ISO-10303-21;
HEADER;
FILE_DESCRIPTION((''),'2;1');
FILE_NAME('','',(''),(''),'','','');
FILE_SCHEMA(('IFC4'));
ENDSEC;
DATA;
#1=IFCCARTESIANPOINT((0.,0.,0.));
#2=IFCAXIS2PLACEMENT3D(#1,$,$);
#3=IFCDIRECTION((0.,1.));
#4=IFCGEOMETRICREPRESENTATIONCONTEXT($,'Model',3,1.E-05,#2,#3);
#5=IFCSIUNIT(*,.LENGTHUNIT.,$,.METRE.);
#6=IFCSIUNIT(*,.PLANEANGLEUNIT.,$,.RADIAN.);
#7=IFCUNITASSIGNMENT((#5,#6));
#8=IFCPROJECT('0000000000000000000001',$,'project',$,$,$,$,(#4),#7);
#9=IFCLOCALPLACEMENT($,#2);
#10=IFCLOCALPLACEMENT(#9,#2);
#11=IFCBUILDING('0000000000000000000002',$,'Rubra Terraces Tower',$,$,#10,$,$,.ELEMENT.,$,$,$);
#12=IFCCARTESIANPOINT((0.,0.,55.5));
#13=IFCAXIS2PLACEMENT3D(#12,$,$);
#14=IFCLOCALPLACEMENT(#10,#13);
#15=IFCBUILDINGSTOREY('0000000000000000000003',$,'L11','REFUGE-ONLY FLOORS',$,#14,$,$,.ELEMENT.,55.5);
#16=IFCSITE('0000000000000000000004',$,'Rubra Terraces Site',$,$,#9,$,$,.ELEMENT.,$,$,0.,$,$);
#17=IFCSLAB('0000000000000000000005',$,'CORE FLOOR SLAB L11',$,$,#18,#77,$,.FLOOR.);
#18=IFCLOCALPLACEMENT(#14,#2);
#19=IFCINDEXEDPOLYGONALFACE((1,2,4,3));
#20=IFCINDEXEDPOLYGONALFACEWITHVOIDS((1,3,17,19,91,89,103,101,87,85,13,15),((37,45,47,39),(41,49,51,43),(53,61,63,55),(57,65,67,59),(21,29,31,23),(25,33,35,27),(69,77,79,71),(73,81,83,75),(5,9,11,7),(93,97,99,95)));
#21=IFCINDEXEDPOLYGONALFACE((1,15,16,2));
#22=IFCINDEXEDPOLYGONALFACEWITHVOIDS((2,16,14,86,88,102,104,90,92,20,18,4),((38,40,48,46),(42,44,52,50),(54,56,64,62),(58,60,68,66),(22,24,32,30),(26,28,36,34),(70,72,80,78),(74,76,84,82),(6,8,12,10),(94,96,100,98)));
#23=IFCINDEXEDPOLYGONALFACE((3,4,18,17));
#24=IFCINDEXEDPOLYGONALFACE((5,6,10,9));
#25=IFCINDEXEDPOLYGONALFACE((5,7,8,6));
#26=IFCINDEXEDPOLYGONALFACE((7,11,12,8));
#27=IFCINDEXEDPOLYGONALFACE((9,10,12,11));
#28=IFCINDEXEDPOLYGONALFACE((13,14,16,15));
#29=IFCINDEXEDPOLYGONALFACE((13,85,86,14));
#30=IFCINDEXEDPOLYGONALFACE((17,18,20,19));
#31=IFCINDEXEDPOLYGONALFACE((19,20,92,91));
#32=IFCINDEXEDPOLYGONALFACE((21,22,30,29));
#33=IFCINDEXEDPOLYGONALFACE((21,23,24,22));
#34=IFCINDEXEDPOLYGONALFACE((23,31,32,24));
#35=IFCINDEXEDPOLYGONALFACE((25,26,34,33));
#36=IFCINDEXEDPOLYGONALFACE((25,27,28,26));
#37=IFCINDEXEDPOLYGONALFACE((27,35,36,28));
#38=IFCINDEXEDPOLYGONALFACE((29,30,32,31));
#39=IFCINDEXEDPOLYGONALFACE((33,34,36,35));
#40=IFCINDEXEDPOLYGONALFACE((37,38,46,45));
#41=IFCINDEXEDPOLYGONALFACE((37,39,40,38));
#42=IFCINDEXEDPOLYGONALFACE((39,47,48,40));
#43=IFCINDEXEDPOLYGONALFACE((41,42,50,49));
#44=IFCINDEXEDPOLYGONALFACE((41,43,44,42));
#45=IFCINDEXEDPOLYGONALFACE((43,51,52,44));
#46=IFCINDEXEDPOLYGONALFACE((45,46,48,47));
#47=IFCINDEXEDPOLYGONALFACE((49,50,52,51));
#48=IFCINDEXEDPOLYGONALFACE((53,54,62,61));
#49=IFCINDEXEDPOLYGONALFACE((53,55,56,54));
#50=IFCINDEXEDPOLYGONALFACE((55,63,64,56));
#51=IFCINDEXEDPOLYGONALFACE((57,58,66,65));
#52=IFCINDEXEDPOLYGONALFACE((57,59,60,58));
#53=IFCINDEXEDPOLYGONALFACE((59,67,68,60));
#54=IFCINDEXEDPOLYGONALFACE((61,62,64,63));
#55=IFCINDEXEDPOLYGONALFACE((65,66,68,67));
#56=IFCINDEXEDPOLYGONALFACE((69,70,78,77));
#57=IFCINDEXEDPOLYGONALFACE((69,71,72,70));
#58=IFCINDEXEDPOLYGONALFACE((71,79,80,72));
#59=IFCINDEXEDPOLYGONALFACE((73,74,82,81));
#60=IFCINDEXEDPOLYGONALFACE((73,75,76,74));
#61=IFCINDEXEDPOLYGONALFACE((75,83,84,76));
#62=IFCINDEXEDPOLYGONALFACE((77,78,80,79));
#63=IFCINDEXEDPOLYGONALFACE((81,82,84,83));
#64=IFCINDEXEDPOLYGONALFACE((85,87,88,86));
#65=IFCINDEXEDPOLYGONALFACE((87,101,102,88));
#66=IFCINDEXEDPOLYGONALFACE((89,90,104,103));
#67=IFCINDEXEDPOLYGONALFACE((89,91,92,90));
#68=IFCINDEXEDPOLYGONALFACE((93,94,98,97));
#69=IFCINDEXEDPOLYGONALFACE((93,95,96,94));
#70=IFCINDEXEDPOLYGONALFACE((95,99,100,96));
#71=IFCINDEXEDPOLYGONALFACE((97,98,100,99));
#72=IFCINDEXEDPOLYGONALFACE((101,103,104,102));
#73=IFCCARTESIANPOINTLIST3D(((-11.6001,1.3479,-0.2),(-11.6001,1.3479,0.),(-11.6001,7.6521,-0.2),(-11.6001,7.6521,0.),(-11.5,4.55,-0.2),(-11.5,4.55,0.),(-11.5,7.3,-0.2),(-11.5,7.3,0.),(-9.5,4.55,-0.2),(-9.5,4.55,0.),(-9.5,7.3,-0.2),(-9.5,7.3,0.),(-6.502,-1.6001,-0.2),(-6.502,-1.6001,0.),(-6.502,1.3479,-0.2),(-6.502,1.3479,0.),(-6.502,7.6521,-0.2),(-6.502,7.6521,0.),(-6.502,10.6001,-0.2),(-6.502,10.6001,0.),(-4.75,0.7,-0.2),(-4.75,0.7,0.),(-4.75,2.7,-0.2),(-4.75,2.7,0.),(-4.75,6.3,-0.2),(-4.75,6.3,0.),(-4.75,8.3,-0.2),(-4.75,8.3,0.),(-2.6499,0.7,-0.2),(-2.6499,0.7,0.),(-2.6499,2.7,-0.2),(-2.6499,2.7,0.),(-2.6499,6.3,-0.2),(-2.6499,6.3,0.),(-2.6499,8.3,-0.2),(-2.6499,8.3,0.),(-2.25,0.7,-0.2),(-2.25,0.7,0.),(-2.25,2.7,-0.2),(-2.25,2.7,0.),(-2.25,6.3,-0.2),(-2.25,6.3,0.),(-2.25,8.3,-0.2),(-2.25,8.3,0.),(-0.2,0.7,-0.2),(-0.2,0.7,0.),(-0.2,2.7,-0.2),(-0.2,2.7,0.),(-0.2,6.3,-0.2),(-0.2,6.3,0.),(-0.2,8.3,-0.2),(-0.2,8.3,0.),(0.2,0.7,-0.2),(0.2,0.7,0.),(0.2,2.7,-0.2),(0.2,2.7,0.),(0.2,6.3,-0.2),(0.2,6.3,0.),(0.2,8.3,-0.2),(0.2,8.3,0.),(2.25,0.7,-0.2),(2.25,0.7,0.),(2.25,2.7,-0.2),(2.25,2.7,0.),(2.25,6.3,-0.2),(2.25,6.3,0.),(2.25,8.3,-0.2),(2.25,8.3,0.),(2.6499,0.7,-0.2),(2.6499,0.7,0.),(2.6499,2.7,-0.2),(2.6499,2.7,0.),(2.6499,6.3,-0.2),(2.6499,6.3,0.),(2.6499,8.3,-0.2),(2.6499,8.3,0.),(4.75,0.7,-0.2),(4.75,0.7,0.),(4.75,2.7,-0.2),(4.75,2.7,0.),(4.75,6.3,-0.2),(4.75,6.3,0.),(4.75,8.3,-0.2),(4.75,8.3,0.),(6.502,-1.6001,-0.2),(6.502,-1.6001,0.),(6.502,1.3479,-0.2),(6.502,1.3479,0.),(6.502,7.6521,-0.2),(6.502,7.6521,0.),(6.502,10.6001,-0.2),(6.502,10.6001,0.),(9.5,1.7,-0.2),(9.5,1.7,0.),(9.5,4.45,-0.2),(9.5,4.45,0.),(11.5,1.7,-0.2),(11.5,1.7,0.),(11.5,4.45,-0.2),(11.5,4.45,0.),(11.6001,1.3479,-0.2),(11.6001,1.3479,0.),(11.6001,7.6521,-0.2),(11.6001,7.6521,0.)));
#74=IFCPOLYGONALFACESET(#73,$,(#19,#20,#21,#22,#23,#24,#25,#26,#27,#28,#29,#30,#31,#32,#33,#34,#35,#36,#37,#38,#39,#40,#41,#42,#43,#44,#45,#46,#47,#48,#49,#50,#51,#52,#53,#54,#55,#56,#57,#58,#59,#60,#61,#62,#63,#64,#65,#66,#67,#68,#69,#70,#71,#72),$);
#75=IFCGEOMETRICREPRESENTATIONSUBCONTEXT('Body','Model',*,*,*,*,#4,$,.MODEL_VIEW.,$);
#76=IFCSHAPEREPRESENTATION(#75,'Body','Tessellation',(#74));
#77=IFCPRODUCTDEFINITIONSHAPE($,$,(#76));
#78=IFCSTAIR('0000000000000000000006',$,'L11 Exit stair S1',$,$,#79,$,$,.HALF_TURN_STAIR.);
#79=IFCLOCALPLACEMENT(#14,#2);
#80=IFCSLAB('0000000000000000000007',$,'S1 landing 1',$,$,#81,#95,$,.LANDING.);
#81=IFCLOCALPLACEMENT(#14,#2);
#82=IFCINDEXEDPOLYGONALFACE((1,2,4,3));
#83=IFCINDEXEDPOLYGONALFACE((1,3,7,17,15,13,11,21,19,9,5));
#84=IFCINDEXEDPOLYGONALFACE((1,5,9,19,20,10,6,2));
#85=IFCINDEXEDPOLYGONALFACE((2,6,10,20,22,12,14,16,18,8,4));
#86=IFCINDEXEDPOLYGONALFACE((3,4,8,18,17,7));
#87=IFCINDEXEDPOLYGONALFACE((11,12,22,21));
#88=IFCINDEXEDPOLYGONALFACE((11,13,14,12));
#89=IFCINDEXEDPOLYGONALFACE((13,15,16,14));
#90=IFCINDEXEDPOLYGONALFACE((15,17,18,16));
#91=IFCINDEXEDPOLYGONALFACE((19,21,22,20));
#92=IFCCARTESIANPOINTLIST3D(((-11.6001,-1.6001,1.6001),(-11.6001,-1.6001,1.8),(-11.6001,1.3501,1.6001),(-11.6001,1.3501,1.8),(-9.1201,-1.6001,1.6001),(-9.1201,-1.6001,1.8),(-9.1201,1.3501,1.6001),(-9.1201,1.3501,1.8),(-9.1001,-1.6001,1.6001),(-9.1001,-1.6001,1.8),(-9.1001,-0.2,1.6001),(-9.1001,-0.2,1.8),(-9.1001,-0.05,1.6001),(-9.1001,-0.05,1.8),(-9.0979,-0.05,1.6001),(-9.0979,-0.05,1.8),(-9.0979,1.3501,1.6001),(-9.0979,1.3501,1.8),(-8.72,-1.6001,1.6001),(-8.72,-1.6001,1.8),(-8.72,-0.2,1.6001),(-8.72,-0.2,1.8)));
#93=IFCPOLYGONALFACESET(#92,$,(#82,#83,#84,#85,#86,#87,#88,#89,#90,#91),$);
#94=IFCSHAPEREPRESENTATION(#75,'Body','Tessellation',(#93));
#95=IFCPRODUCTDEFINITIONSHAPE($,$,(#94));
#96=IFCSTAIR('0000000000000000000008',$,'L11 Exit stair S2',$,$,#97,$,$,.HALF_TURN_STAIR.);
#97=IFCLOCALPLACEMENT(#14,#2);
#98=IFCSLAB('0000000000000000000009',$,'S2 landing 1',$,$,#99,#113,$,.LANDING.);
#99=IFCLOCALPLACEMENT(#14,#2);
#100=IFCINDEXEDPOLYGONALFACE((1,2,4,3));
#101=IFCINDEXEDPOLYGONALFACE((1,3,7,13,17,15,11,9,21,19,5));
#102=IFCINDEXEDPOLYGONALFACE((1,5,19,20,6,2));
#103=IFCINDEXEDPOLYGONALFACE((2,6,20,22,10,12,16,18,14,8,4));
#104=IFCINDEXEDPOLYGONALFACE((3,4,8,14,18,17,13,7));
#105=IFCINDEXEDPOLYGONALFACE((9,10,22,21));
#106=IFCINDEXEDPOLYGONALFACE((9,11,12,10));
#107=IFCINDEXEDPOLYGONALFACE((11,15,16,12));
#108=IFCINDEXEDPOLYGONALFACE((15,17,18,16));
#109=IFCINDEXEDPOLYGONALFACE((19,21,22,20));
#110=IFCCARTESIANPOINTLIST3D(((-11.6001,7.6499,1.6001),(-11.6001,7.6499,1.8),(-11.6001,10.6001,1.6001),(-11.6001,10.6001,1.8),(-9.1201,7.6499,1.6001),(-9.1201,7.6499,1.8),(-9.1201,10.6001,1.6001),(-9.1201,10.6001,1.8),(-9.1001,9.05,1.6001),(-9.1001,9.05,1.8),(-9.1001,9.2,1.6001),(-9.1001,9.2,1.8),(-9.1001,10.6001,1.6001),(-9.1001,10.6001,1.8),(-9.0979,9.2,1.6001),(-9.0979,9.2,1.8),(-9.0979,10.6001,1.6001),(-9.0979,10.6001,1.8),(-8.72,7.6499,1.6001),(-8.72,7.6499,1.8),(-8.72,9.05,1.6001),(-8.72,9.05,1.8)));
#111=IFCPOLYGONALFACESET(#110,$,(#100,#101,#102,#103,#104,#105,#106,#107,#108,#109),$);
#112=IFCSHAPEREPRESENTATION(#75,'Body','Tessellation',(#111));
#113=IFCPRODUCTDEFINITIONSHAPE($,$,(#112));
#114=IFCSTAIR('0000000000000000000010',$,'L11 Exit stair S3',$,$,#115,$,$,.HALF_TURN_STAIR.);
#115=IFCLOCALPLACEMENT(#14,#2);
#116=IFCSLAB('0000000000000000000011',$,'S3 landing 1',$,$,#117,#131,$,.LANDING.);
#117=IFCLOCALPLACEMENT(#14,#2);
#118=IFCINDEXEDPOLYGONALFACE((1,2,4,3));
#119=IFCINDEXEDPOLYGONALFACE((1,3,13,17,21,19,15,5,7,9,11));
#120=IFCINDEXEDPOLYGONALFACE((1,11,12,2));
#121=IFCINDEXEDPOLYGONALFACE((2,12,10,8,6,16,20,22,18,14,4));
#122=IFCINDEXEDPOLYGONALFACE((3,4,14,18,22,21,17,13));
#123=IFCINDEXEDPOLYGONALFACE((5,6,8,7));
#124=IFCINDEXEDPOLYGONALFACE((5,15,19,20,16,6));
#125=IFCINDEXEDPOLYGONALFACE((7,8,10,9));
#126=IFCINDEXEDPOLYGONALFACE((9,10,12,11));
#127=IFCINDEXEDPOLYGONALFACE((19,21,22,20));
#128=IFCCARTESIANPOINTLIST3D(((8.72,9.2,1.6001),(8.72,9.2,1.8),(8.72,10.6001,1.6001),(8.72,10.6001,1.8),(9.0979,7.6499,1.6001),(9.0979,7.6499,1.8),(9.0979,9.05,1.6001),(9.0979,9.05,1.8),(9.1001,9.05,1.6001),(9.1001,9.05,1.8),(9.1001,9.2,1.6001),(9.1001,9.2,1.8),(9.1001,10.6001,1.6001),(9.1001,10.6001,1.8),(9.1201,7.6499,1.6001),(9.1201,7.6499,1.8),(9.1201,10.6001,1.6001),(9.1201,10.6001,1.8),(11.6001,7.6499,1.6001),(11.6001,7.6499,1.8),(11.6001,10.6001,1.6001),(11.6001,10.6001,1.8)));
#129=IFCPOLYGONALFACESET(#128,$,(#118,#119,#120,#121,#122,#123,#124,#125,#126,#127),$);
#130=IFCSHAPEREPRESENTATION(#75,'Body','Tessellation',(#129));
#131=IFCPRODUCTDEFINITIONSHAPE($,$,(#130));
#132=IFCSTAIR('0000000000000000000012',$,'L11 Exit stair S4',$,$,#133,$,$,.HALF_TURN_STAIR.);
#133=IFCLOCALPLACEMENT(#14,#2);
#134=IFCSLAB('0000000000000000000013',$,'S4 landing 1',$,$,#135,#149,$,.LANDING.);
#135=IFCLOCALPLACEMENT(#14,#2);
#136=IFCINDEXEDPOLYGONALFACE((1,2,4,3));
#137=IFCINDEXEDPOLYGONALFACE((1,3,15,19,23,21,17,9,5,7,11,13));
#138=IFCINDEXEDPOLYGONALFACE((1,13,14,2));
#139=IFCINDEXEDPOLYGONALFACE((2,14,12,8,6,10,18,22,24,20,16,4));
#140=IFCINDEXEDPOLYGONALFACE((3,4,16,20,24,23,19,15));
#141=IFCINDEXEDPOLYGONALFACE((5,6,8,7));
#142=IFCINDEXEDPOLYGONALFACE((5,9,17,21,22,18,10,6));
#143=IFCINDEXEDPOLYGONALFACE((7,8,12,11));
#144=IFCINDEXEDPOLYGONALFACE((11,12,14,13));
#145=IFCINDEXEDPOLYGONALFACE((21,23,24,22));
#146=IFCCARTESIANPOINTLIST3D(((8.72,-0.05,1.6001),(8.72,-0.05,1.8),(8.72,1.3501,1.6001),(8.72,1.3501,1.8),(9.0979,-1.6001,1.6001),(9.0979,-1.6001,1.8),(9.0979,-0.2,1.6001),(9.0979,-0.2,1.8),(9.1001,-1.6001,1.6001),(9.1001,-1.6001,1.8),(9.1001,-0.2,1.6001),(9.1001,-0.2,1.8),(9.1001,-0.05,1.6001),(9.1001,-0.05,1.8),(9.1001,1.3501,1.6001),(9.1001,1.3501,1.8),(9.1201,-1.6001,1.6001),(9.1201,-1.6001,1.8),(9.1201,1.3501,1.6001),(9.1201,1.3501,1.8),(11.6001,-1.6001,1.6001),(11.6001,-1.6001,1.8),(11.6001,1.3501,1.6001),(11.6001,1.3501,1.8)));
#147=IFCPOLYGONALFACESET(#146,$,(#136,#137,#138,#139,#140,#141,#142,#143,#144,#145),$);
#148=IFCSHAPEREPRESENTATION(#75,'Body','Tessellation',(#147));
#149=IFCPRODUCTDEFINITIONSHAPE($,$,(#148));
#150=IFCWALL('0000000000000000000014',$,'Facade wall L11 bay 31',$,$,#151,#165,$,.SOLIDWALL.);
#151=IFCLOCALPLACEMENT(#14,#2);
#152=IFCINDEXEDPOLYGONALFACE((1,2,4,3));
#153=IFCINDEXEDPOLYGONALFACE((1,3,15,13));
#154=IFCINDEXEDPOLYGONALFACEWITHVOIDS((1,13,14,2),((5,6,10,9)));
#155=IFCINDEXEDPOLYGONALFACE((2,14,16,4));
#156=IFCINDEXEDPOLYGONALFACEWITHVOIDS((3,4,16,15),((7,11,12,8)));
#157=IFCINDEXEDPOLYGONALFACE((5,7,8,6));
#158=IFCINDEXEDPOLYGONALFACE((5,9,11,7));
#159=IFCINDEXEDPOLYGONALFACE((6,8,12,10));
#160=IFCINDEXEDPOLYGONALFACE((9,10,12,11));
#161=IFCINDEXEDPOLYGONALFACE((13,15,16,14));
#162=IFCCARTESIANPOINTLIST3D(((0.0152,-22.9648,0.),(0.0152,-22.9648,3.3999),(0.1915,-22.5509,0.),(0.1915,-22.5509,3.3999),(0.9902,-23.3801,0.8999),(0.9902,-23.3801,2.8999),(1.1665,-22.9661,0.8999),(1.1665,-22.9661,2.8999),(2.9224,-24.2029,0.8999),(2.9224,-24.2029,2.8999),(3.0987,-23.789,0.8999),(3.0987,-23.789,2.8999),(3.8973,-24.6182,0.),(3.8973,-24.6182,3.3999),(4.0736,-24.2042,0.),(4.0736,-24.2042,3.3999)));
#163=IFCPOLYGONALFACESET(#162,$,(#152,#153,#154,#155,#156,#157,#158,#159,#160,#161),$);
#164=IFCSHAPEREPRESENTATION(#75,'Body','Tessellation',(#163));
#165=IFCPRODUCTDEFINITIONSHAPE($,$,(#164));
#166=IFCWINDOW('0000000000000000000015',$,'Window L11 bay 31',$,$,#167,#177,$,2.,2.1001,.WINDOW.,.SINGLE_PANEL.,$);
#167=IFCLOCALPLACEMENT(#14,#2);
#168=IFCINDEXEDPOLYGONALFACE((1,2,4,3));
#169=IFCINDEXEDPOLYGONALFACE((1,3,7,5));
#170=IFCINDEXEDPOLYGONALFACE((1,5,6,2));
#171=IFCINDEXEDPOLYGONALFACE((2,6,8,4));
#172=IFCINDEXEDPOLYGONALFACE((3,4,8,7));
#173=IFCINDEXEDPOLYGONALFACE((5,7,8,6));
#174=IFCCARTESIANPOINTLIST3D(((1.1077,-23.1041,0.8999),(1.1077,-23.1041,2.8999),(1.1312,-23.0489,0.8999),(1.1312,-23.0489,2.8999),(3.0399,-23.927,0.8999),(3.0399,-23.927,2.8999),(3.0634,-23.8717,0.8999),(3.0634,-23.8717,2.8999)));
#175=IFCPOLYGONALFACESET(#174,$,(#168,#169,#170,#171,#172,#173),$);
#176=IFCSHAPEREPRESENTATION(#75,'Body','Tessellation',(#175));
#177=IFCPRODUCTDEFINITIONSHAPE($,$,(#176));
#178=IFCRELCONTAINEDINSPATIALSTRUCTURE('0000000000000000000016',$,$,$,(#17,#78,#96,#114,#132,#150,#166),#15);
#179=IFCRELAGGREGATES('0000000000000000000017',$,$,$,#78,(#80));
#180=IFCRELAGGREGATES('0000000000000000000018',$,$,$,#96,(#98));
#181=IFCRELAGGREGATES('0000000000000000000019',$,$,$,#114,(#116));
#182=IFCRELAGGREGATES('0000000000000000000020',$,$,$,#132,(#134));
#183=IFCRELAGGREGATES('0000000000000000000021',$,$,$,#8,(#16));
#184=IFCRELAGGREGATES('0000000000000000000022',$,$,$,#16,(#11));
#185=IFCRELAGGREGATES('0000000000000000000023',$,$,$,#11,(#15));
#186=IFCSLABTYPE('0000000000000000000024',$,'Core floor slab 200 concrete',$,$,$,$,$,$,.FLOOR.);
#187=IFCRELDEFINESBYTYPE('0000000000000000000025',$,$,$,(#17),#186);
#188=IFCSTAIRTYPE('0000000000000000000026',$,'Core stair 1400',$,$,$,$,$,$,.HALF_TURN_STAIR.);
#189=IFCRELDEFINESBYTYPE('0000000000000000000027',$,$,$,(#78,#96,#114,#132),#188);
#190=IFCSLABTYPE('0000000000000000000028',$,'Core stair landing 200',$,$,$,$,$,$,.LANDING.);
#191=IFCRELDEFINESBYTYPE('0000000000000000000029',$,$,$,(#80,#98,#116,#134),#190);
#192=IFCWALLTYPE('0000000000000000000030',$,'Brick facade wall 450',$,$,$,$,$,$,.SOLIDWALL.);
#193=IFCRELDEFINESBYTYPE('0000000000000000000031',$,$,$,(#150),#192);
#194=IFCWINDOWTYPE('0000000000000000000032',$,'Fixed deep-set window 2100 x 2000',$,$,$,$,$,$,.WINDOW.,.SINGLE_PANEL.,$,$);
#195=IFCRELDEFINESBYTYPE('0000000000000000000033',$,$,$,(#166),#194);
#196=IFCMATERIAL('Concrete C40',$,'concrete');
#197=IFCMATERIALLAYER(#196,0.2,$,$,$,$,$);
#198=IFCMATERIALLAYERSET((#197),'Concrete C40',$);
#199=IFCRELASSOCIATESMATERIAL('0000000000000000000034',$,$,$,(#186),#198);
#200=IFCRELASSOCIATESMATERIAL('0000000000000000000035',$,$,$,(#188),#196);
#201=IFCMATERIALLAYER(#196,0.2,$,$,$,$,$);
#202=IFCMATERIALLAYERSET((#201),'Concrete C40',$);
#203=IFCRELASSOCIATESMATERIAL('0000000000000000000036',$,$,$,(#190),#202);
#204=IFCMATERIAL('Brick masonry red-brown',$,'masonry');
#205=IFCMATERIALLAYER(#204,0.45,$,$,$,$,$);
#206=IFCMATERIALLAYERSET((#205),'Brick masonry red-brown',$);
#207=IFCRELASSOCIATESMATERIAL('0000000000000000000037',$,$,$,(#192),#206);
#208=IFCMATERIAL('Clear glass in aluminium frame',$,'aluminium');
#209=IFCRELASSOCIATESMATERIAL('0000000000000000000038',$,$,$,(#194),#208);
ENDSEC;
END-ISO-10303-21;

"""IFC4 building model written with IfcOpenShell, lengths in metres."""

from ifc_helpers import new_model, si_unit, direction, frame, frame_2d, origin, place, context, subcontext, project, spatial, polyline, rectangle, outline, extrude, material, layer, layer_set, type_object, element, fill, aggregate, save


model = new_model("IFC4")

# Units and contexts
model_context = context("Model", 3, precision=1e-05, world=origin(), true_north=direction((0.0, 1.0)))
body_context = subcontext(model_context, "Body", "Model", "MODEL_VIEW")
ifc_project = project(units=[si_unit("LENGTHUNIT", "METRE"), si_unit("PLANEANGLEUNIT", "RADIAN")], contexts=[model_context])

# Site, building, storey
site_placement = place(None, origin())
site = spatial("IfcSite", under=ifc_project, at=site_placement, Name="Rubra Terraces Site", CompositionType="ELEMENT", RefElevation=0.0)
building_placement = place(site_placement, origin())
building = spatial("IfcBuilding", under=site, at=building_placement, Name="Rubra Terraces Tower", CompositionType="ELEMENT")
storey_placement = place(building_placement, frame((0.0, 0.0, 55.5)))
storey = spatial("IfcBuildingStorey", under=building, at=storey_placement, Name="L11", Description="REFUGE-ONLY FLOORS", CompositionType="ELEMENT", Elevation=55.5)

# Slab
ifc_material_1 = material(Name="Concrete C40", Category="concrete")
ifc_layer_1 = layer(ifc_material_1, 0.2)
ifc_layer_set_1 = layer_set([ifc_layer_1], Name="Concrete C40")
slab_type_1 = type_object("IfcSlabType", Name="Core floor slab 200 concrete", PredefinedType="FLOOR", material=ifc_layer_set_1)
slab_1_placement = place(storey_placement, frame((0.0, 0.0, -0.2)))
element("IfcSlab", 1, at=slab_1_placement, inside=storey, type_object=slab_type_1, Name="CORE FLOOR SLAB L11", PredefinedType="FLOOR", context=body_context, shape_type="SweptSolid", body=[
    extrude(outline(polyline([(-11.6001, 1.3479), (-11.6001, 7.6521), (-6.502, 7.6521), (-6.502, 10.6001), (6.502, 10.6001), (6.502, 7.6521), (11.6001, 7.6521), (11.6001, 1.3479), (6.502, 1.3479), (6.502, -1.6001), (-6.502, -1.6001), (-6.502, 1.3479), (-11.6001, 1.3479)]), holes=[polyline([(9.5, 1.7), (11.5, 1.7), (11.5, 4.45), (9.5, 4.45), (9.5, 1.7)]), polyline([(4.75, 0.7), (4.75, 2.7), (2.6499, 2.7), (2.6499, 0.7), (4.75, 0.7)]), polyline([(4.75, 6.3), (4.75, 8.3), (2.6499, 8.3), (2.6499, 6.3), (4.75, 6.3)]), polyline([(2.25, 0.7), (2.25, 2.7), (0.2, 2.7), (0.2, 0.7), (2.25, 0.7)]), polyline([(2.25, 6.3), (2.25, 8.3), (0.2, 8.3), (0.2, 6.3), (2.25, 6.3)]), polyline([(-0.2, 0.7), (-0.2, 2.7), (-2.25, 2.7), (-2.25, 0.7), (-0.2, 0.7)]), polyline([(-0.2, 6.3), (-0.2, 8.3), (-2.25, 8.3), (-2.25, 6.3), (-0.2, 6.3)]), polyline([(-2.6499, 0.7), (-2.6499, 2.7), (-4.75, 2.7), (-4.75, 0.7), (-2.6499, 0.7)]), polyline([(-2.6499, 8.3), (-4.75, 8.3), (-4.75, 6.3), (-2.6499, 6.3), (-2.6499, 8.3)]), polyline([(-9.5, 7.3), (-11.5, 7.3), (-11.5, 4.55), (-9.5, 4.55), (-9.5, 7.3)])]), origin(), (0.0, 0.0, 1.0), 0.2),
])

# Stairs, slabs
stair_type = type_object("IfcStairType", Name="Core stair 1400", PredefinedType="HALF_TURN_STAIR", material=ifc_material_1)
stair_1_placement = place(storey_placement, origin())
stair_1 = element("IfcStair", 2, at=stair_1_placement, inside=storey, type_object=stair_type, Name="L11 Exit stair S1", PredefinedType="HALF_TURN_STAIR")
ifc_layer_2 = layer(ifc_material_1, 0.2)
ifc_layer_set_2 = layer_set([ifc_layer_2], Name="Concrete C40")
slab_type_2 = type_object("IfcSlabType", Name="Core stair landing 200", PredefinedType="LANDING", material=ifc_layer_set_2)
slab_2_placement = place(storey_placement, frame((0.0, 0.0, 1.6001)))
slab_2 = element("IfcSlab", 3, at=slab_2_placement, type_object=slab_type_2, Name="S1 landing 1", PredefinedType="LANDING", context=body_context, shape_type="SweptSolid", body=[
    extrude(outline(polyline([(-8.72, -0.2), (-8.72, -1.6001), (-9.1001, -1.6001), (-9.1201, -1.6001), (-11.6001, -1.6001), (-11.6001, 1.3501), (-9.1201, 1.3501), (-9.0979, 1.3501), (-9.0979, -0.05), (-9.1001, -0.05), (-9.1001, -0.2), (-8.72, -0.2)])), origin(), (0.0, 0.0, 1.0), 0.2),
])
aggregate(stair_1, [slab_2])
stair_2_placement = place(storey_placement, origin())
stair_2 = element("IfcStair", 4, at=stair_2_placement, inside=storey, type_object=stair_type, Name="L11 Exit stair S2", PredefinedType="HALF_TURN_STAIR")
slab_3_placement = place(storey_placement, frame((0.0, 0.0, 1.6001)))
slab_3 = element("IfcSlab", 5, at=slab_3_placement, type_object=slab_type_2, Name="S2 landing 1", PredefinedType="LANDING", context=body_context, shape_type="SweptSolid", body=[
    extrude(outline(polyline([(-8.72, 9.05), (-8.72, 7.6499), (-9.1201, 7.6499), (-11.6001, 7.6499), (-11.6001, 10.6001), (-9.1201, 10.6001), (-9.1001, 10.6001), (-9.0979, 10.6001), (-9.0979, 9.2), (-9.1001, 9.2), (-9.1001, 9.05), (-8.72, 9.05)])), origin(), (0.0, 0.0, 1.0), 0.2),
])
aggregate(stair_2, [slab_3])
stair_3_placement = place(storey_placement, origin())
stair_3 = element("IfcStair", 6, at=stair_3_placement, inside=storey, type_object=stair_type, Name="L11 Exit stair S3", PredefinedType="HALF_TURN_STAIR")
slab_4_placement = place(storey_placement, frame((0.0, 0.0, 1.6001)))
slab_4 = element("IfcSlab", 7, at=slab_4_placement, type_object=slab_type_2, Name="S3 landing 1", PredefinedType="LANDING", context=body_context, shape_type="SweptSolid", body=[
    extrude(outline(polyline([(9.1001, 9.05), (9.1001, 9.2), (8.72, 9.2), (8.72, 10.6001), (9.1001, 10.6001), (9.1201, 10.6001), (11.6001, 10.6001), (11.6001, 7.6499), (9.1201, 7.6499), (9.0979, 7.6499), (9.0979, 9.05), (9.1001, 9.05)])), origin(), (0.0, 0.0, 1.0), 0.2),
])
aggregate(stair_3, [slab_4])
stair_4_placement = place(storey_placement, origin())
stair_4 = element("IfcStair", 8, at=stair_4_placement, inside=storey, type_object=stair_type, Name="L11 Exit stair S4", PredefinedType="HALF_TURN_STAIR")
slab_5_placement = place(storey_placement, frame((0.0, 0.0, 1.6001)))
slab_5 = element("IfcSlab", 9, at=slab_5_placement, type_object=slab_type_2, Name="S4 landing 1", PredefinedType="LANDING", context=body_context, shape_type="SweptSolid", body=[
    extrude(outline(polyline([(9.1001, -0.2), (9.1001, -0.05), (8.72, -0.05), (8.72, 1.3501), (9.1001, 1.3501), (9.1201, 1.3501), (11.6001, 1.3501), (11.6001, -1.6001), (9.1201, -1.6001), (9.1001, -1.6001), (9.0979, -1.6001), (9.0979, -0.2), (9.1001, -0.2)])), origin(), (0.0, 0.0, 1.0), 0.2),
])

# Wall, opening, window
ifc_material_2 = material(Name="Brick masonry red-brown", Category="masonry")
ifc_layer_3 = layer(ifc_material_2, 0.45)
ifc_layer_set_3 = layer_set([ifc_layer_3], Name="Brick masonry red-brown")
wall_type_1 = type_object("IfcWallType", Name="Brick facade wall 450", PredefinedType="SOLIDWALL", material=ifc_layer_set_3)
wall_1_placement = place(storey_placement, frame((0.1033, -22.7578, 0.0), z_axis=(0.0, 0.0, 1.0), x_axis=(0.920037, -0.39183, 0.0)))
wall_1 = element("IfcWall", 10, at=wall_1_placement, inside=storey, type_object=wall_type_1, Name="Facade wall L11 bay 31", PredefinedType="SOLIDWALL", context=body_context, shape_type="SweptSolid", body=[
    extrude(rectangle(XDim=4.2195, YDim=0.45, at=frame_2d((2.1099, 0.0))), origin(), (0.0, 0.0, 1.0), 3.3999),
])
opening_1_placement = place(wall_1_placement, frame((1.0598, 0.0, 0.8999)))
opening_1 = element("IfcOpeningElement", 11, at=opening_1_placement, cuts=wall_1, PredefinedType="OPENING", context=body_context, shape_type="SweptSolid", body=[
    extrude(rectangle(XDim=2.1001, YDim=2.0, at=frame_2d((1.05, 1.0))), frame((0.0, 0.2349, 0.0), z_axis=(0.0, -1.0, 0.0), x_axis=(1.0, 0.0, 0.0)), (0.0, 0.0, 1.0), 0.47),
])
ifc_material_3 = material(Name="Clear glass in aluminium frame", Category="aluminium")
window_type = type_object("IfcWindowType", Name="Fixed deep-set window 2100 x 2000", PartitioningType="SINGLE_PANEL", PredefinedType="WINDOW", material=ifc_material_3)
window_1_placement = place(opening_1_placement, origin())
window_1 = element("IfcWindow", 12, at=window_1_placement, inside=storey, type_object=window_type, Name="Window L11 bay 31", OverallHeight=2.0, OverallWidth=2.1001, PartitioningType="SINGLE_PANEL", PredefinedType="WINDOW", context=body_context, shape_type="SweptSolid", body=[
    extrude(rectangle(XDim=2.1001, YDim=2.0, at=frame_2d((1.05, 1.0))), frame((0.0, 0.135, 0.0), z_axis=(0.0, -1.0, 0.0), x_axis=(1.0, 0.0, 0.0)), (0.0, 0.0, 1.0), 0.0601),
])
fill(opening_1, window_1)

aggregate(stair_4, [slab_5])

save(model, "model.ifc")
